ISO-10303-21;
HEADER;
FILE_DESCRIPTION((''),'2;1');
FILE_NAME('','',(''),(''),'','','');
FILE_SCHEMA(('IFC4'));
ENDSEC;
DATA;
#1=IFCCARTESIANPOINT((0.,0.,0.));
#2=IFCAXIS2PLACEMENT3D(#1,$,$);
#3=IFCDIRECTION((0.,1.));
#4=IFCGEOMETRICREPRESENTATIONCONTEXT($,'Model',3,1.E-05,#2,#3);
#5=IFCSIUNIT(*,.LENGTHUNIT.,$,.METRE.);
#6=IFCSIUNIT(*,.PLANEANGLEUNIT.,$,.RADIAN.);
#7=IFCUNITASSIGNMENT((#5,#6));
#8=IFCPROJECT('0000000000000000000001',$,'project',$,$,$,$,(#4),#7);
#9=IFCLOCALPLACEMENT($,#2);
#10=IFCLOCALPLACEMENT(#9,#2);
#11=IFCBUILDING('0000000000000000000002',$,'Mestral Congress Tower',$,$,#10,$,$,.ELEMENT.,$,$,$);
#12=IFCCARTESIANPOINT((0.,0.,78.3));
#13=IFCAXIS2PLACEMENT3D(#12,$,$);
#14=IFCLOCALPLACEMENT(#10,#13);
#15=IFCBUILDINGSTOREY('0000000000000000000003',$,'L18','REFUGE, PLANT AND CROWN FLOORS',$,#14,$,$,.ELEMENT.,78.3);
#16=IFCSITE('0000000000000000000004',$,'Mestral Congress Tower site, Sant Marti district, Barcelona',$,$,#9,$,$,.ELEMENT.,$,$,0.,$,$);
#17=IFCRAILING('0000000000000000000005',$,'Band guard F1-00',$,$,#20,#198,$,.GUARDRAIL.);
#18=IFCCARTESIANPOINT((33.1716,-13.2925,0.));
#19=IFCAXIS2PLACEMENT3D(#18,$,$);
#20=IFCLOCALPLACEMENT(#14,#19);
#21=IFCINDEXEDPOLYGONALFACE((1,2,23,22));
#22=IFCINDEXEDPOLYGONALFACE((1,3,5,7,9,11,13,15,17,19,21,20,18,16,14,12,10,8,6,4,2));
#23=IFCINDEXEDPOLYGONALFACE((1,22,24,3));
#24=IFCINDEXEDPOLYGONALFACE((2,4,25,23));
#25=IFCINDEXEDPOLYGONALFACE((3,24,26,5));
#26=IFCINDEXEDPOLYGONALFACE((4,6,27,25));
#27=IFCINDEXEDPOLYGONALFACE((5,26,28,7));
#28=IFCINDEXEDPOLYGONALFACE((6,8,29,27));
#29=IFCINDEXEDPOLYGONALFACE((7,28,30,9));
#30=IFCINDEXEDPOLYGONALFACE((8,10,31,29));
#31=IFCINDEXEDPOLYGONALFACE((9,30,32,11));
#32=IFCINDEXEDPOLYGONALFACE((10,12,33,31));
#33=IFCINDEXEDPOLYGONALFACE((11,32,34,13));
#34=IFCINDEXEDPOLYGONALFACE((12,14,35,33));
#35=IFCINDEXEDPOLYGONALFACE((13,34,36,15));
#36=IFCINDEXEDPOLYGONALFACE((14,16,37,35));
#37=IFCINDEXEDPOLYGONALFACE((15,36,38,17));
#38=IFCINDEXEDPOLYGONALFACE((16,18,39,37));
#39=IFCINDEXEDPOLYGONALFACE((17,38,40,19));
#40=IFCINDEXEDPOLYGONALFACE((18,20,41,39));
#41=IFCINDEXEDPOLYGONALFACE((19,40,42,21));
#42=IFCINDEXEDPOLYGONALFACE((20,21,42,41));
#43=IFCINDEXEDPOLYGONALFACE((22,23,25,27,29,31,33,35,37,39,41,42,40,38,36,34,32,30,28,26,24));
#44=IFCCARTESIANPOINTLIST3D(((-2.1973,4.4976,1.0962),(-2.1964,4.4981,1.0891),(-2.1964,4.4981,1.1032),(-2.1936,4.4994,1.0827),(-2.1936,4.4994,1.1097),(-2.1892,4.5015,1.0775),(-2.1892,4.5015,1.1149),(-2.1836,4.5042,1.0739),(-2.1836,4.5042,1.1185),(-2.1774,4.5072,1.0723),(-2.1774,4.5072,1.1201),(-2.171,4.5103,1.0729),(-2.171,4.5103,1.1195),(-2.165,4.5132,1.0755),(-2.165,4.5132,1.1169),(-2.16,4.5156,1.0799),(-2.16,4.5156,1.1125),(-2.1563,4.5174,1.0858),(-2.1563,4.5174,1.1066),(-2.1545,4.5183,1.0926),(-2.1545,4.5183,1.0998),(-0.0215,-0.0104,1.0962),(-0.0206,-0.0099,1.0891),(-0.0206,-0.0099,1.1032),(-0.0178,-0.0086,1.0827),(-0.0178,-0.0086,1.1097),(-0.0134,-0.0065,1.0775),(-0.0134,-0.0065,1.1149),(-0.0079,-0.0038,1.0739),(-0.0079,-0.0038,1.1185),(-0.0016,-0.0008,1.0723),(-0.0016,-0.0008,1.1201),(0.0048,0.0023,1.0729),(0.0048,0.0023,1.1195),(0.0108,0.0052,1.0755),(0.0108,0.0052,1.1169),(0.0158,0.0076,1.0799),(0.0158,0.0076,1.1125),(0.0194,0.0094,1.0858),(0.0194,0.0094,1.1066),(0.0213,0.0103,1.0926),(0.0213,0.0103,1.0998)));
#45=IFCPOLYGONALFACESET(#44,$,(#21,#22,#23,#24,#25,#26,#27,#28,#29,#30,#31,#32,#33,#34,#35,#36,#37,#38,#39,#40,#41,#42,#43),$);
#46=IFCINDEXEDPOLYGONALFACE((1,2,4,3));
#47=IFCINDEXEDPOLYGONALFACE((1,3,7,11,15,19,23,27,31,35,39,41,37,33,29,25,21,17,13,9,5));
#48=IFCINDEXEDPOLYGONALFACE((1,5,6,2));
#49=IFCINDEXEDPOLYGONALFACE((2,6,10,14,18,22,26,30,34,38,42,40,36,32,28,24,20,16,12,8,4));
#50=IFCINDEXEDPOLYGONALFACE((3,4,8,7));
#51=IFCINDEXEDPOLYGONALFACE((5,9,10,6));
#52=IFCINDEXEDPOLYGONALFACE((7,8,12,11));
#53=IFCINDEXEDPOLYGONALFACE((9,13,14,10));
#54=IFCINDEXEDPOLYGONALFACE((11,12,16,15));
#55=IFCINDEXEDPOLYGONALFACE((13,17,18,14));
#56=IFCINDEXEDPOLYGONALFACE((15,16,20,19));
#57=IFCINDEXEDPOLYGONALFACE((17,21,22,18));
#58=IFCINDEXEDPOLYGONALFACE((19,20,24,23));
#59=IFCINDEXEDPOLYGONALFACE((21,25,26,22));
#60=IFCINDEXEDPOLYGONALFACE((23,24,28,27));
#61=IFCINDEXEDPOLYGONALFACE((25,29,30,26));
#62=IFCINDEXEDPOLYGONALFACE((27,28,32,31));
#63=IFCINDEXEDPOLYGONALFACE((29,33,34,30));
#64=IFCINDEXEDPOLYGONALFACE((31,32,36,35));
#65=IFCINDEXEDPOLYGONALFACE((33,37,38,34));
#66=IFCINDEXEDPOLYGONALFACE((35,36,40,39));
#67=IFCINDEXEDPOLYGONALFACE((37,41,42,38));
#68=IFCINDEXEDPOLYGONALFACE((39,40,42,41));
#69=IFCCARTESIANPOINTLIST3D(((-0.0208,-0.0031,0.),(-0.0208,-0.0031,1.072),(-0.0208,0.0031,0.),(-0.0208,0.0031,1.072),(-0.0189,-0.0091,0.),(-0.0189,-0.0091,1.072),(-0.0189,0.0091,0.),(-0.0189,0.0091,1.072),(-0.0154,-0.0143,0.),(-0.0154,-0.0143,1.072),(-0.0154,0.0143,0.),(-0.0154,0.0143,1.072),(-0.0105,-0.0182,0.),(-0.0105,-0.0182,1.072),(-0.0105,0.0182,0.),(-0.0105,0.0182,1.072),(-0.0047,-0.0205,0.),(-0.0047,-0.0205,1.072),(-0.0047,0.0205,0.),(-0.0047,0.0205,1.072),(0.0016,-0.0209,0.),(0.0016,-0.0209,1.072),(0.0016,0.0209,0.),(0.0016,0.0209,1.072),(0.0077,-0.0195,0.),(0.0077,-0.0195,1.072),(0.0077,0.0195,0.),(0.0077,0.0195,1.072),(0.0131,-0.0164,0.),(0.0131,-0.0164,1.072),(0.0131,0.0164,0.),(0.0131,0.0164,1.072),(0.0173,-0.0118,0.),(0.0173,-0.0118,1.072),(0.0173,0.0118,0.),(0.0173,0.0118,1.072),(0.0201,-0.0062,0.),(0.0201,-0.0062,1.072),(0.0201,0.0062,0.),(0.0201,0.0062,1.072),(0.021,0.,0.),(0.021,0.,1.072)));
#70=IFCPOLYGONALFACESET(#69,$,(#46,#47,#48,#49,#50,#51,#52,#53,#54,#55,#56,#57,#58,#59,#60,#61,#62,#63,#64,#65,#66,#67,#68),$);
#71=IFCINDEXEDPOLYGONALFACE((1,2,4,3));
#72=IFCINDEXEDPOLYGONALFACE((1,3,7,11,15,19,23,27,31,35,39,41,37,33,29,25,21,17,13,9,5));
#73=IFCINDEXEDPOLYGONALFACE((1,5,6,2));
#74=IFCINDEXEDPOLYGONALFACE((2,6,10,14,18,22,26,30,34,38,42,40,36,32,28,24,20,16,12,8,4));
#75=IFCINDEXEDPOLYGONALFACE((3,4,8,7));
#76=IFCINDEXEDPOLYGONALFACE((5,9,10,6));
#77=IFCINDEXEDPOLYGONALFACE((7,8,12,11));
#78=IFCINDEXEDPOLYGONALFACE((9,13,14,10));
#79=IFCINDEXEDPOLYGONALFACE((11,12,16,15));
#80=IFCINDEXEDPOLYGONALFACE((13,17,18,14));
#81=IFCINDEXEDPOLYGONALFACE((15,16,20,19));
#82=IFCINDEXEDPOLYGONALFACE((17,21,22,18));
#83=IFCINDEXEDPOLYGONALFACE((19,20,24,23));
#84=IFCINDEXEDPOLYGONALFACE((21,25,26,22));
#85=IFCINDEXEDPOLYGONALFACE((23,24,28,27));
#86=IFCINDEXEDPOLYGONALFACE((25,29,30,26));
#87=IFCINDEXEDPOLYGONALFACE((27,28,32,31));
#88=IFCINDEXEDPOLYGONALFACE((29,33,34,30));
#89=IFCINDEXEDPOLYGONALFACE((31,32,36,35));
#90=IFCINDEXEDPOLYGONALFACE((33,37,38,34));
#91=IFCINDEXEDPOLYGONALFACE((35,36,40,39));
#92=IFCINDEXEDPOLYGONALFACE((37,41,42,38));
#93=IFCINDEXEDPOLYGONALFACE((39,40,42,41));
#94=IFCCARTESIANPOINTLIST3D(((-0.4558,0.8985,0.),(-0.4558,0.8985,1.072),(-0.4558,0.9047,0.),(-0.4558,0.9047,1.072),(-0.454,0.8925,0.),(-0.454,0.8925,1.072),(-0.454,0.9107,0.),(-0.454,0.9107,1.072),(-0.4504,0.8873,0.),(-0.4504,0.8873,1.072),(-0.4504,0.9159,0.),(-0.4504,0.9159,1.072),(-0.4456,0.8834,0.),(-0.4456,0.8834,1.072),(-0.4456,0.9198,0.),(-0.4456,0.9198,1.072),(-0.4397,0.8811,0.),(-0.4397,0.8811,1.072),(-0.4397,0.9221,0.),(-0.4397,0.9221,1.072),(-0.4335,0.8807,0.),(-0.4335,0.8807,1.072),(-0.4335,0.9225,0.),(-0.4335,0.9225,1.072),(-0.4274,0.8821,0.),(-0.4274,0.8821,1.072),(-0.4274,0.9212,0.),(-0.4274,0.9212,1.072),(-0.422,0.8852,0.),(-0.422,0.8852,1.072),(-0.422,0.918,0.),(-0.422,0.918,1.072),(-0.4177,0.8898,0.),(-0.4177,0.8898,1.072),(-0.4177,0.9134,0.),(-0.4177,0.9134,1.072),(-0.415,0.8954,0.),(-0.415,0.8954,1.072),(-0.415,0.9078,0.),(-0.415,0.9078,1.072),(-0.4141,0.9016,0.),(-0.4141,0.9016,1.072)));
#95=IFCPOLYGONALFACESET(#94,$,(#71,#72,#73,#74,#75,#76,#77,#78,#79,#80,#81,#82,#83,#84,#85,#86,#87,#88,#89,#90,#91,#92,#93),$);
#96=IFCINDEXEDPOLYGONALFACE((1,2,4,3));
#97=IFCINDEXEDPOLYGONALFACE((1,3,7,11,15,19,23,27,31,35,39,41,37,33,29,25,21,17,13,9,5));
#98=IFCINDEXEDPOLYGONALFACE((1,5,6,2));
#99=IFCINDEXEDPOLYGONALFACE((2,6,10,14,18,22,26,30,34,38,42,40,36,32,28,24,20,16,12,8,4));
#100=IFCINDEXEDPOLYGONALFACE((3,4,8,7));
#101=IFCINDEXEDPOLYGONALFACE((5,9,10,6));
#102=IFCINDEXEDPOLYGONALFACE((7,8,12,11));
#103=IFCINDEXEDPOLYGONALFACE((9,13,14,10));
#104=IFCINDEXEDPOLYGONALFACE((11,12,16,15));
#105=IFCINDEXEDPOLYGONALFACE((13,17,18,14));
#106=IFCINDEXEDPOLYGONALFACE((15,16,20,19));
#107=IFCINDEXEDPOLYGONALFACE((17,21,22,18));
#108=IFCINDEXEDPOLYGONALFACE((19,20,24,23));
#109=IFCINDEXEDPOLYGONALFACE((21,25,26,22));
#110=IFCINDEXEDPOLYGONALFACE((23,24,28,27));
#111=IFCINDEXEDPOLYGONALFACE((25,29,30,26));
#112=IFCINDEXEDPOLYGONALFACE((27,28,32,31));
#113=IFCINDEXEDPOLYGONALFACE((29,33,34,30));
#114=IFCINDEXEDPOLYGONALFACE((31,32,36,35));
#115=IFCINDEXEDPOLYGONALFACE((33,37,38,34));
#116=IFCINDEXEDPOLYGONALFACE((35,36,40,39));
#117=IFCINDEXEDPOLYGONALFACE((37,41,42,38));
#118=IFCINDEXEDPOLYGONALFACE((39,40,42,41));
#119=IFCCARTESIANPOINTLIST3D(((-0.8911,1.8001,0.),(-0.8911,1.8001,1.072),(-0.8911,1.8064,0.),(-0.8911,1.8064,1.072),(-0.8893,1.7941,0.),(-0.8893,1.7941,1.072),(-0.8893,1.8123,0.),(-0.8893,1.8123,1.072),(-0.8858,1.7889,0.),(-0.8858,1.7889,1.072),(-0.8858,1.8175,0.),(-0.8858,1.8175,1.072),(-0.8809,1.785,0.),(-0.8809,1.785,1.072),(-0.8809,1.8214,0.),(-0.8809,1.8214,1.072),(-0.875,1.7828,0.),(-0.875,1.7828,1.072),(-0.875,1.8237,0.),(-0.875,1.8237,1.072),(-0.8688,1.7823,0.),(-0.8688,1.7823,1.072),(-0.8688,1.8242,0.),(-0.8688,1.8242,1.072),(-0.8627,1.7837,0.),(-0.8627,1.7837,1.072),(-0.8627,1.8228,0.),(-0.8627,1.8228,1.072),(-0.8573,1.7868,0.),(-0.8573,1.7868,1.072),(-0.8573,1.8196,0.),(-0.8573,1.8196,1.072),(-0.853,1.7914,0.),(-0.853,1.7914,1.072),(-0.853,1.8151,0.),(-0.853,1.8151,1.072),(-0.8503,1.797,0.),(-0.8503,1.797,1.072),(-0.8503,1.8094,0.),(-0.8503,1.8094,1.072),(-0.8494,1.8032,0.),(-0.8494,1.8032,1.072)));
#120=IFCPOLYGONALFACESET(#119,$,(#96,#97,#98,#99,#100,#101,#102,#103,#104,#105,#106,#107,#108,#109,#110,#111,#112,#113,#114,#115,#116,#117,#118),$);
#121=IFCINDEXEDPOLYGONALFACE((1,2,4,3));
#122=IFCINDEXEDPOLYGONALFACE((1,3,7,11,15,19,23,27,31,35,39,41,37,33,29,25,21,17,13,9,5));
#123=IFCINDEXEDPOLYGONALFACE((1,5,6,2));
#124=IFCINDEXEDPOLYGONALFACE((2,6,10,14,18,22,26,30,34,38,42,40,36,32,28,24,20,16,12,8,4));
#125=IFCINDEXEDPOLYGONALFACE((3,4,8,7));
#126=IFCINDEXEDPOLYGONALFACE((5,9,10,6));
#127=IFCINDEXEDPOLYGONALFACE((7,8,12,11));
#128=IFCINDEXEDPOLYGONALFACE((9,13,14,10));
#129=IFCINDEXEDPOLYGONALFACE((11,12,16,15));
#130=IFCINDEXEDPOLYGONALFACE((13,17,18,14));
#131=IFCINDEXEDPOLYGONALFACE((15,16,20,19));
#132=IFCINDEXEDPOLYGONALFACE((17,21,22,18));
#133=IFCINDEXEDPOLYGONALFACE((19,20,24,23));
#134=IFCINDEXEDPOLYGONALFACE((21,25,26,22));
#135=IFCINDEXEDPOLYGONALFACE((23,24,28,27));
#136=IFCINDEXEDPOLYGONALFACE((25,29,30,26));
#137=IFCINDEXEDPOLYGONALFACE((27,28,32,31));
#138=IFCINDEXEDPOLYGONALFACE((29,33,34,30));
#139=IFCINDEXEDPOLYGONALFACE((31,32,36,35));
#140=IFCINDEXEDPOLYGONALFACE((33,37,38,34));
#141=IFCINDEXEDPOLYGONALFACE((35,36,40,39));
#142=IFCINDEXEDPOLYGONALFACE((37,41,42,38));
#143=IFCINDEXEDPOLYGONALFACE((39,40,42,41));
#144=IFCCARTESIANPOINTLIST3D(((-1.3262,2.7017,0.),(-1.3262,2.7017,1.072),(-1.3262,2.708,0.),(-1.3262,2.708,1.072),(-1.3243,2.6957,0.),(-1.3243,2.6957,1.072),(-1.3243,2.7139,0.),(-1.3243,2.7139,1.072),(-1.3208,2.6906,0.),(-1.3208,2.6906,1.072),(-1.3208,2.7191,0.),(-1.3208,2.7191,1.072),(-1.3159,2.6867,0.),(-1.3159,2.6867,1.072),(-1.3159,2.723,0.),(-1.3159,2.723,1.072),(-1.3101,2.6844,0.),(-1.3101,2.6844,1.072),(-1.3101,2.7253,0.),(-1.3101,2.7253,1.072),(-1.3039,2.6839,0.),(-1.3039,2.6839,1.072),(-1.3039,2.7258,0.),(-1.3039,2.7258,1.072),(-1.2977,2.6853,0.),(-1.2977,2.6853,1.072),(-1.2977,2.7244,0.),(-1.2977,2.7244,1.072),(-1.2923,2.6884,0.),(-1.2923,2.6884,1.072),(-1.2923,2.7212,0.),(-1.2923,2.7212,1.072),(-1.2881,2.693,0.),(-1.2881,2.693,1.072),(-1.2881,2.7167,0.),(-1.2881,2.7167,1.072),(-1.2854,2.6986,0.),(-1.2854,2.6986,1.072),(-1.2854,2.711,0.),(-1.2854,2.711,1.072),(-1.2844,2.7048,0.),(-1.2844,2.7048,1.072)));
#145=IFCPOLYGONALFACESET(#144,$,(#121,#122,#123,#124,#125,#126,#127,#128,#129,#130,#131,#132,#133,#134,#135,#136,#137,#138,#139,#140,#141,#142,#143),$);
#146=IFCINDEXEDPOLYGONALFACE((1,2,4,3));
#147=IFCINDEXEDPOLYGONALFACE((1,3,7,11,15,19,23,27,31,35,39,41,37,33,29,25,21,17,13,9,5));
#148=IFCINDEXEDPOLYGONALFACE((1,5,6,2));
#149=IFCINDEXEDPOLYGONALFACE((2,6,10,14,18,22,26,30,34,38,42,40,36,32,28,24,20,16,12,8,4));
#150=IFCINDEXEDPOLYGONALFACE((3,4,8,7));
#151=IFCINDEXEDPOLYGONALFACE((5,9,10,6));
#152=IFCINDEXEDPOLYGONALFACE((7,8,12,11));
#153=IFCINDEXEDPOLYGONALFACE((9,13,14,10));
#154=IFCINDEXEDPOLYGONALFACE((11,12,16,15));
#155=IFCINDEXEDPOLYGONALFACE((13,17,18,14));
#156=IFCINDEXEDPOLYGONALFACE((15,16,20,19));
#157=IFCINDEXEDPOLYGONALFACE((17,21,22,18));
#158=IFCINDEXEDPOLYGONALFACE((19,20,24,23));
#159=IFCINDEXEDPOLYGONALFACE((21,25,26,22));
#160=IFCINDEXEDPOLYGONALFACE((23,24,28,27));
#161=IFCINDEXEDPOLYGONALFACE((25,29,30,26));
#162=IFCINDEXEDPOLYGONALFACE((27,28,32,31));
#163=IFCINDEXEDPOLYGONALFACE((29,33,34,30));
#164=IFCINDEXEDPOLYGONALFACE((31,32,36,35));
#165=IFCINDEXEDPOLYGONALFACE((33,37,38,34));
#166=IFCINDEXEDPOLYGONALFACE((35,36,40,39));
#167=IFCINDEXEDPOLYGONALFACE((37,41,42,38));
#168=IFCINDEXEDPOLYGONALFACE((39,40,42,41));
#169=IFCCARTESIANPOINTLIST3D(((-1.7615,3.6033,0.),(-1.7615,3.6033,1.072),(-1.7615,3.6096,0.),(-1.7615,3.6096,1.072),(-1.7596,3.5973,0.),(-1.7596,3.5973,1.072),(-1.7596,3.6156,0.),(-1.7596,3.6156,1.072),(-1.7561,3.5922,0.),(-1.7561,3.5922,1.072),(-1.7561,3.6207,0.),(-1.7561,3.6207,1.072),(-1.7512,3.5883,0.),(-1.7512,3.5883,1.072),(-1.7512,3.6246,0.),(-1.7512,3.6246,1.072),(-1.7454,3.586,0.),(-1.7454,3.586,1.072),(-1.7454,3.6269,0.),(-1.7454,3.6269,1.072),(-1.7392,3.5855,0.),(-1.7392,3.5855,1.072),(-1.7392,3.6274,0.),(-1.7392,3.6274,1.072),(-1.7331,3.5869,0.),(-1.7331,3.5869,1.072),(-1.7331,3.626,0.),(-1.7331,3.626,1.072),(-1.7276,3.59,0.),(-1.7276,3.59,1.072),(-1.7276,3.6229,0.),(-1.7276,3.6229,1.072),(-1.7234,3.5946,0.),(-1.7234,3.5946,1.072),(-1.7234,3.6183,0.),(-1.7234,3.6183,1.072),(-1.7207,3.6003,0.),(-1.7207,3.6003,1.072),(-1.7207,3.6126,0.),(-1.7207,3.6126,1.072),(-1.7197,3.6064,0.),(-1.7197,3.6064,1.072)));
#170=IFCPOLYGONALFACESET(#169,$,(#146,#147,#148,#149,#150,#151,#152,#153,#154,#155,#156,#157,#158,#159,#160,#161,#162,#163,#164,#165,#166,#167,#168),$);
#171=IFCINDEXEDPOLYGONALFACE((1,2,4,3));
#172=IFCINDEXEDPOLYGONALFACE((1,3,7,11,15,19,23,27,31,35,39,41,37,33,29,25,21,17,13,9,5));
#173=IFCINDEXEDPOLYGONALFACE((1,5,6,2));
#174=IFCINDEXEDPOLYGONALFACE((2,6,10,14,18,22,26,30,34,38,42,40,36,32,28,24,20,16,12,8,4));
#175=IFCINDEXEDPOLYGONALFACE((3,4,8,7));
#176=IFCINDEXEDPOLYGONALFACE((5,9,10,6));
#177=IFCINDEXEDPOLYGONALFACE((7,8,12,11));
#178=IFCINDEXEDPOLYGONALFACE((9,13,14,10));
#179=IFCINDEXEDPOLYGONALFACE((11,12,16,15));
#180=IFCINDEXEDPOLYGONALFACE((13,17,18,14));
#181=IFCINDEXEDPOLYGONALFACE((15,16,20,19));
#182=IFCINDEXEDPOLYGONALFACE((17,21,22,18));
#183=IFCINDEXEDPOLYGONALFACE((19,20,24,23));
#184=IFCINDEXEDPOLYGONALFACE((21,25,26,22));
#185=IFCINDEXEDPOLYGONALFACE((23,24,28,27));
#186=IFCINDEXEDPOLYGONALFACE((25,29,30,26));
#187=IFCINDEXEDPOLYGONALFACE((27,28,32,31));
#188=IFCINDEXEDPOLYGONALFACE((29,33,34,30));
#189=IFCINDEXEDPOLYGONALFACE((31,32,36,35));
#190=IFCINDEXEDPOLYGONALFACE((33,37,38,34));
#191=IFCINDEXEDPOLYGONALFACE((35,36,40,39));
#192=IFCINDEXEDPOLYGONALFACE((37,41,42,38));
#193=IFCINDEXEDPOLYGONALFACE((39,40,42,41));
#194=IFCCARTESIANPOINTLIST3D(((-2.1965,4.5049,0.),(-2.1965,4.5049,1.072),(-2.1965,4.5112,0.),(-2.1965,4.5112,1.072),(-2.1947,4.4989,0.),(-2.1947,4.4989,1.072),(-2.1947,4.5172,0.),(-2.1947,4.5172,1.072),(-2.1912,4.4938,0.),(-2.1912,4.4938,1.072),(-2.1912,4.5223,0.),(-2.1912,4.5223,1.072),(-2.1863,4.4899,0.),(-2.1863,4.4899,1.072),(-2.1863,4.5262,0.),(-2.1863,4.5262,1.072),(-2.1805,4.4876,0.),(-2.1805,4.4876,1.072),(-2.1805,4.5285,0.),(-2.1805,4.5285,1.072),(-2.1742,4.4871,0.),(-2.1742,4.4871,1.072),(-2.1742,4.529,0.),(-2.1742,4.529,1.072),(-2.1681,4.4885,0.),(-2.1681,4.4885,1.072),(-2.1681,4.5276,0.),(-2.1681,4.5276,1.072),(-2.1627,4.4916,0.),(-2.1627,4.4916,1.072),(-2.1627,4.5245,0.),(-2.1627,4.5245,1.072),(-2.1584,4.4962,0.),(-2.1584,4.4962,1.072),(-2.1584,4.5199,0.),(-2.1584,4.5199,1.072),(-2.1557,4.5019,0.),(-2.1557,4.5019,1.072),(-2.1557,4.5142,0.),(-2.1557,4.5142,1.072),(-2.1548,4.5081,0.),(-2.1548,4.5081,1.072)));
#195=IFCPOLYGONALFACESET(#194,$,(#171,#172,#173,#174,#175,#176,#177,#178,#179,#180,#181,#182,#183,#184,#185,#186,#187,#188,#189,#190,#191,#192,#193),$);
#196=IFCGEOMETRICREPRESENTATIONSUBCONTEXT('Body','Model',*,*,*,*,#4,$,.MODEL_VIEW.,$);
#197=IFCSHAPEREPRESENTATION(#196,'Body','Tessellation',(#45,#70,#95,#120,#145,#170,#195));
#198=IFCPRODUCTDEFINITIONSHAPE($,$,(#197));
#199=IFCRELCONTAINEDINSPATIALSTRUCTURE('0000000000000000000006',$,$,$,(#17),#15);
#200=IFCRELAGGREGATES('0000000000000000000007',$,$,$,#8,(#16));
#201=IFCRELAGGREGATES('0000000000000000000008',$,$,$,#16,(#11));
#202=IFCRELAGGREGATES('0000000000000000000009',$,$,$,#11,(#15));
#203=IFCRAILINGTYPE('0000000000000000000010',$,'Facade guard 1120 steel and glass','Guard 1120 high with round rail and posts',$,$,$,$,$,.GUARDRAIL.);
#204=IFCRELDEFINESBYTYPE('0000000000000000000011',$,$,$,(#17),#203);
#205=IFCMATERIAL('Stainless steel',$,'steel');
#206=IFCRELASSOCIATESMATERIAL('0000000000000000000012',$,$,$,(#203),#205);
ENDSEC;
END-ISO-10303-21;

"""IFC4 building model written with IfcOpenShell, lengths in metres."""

from ifc_helpers import new_model, si_unit, direction, frame, origin, origin_2d, place, context, subcontext, project, spatial, circle, extrude, material, type_object, element, save


model = new_model("IFC4")

# Units and contexts
model_context = context("Model", 3, precision=1e-05, world=origin(), true_north=direction((0.0, 1.0)))
body_context = subcontext(model_context, "Body", "Model", "MODEL_VIEW")
ifc_project = project(units=[si_unit("LENGTHUNIT", "METRE"), si_unit("PLANEANGLEUNIT", "RADIAN")], contexts=[model_context])

# Site, building, storey
site_placement = place(None, origin())
site = spatial("IfcSite", under=ifc_project, at=site_placement, Name="Mestral Congress Tower site, Sant Marti district, Barcelona", CompositionType="ELEMENT", RefElevation=0.0)
building_placement = place(site_placement, origin())
building = spatial("IfcBuilding", under=site, at=building_placement, Name="Mestral Congress Tower", CompositionType="ELEMENT")
storey_placement = place(building_placement, frame((0.0, 0.0, 78.3)))
storey = spatial("IfcBuildingStorey", under=building, at=storey_placement, Name="L18", Description="REFUGE, PLANT AND CROWN FLOORS", CompositionType="ELEMENT", Elevation=78.3)

# Railing
ifc_material_1 = material(Name="Stainless steel", Category="steel")
railing_type = type_object("IfcRailingType", Name="Facade guard 1120 steel and glass", Description="Guard 1120 high with round rail and posts", PredefinedType="GUARDRAIL", material=ifc_material_1)
railing_1_placement = place(storey_placement, frame((33.1716, -13.2925, 0.0)))
element("IfcRailing", 1, at=railing_1_placement, inside=storey, type_object=railing_type, Name="Band guard F1-00", PredefinedType="GUARDRAIL", context=body_context, shape_type="SweptSolid", body=[
    extrude(circle(Radius=0.0239, at=origin_2d()), frame((0.0, 0.0, 1.0962), z_axis=(-0.434664, 0.900592, 0.0), x_axis=(-0.900592, -0.434664, 0.0)), (0.0, 0.0, 1.0), 5.0056),
    extrude(circle(Radius=0.021, at=origin_2d()), origin(), (0.0, 0.0, 1.0), 1.072),
    extrude(circle(Radius=0.021, at=origin_2d()), frame((-0.4351, 0.9016, 0.0)), (0.0, 0.0, 1.0), 1.072),
    extrude(circle(Radius=0.021, at=origin_2d()), frame((-0.8704, 1.8032, 0.0)), (0.0, 0.0, 1.0), 1.072),
    extrude(circle(Radius=0.021, at=origin_2d()), frame((-1.3054, 2.7048, 0.0)), (0.0, 0.0, 1.0), 1.072),
    extrude(circle(Radius=0.021, at=origin_2d()), frame((-1.7407, 3.6064, 0.0)), (0.0, 0.0, 1.0), 1.072),
    extrude(circle(Radius=0.021, at=origin_2d()), frame((-2.1758, 4.5081, 0.0)), (0.0, 0.0, 1.0), 1.072),
])

save(model, "model.ifc")
